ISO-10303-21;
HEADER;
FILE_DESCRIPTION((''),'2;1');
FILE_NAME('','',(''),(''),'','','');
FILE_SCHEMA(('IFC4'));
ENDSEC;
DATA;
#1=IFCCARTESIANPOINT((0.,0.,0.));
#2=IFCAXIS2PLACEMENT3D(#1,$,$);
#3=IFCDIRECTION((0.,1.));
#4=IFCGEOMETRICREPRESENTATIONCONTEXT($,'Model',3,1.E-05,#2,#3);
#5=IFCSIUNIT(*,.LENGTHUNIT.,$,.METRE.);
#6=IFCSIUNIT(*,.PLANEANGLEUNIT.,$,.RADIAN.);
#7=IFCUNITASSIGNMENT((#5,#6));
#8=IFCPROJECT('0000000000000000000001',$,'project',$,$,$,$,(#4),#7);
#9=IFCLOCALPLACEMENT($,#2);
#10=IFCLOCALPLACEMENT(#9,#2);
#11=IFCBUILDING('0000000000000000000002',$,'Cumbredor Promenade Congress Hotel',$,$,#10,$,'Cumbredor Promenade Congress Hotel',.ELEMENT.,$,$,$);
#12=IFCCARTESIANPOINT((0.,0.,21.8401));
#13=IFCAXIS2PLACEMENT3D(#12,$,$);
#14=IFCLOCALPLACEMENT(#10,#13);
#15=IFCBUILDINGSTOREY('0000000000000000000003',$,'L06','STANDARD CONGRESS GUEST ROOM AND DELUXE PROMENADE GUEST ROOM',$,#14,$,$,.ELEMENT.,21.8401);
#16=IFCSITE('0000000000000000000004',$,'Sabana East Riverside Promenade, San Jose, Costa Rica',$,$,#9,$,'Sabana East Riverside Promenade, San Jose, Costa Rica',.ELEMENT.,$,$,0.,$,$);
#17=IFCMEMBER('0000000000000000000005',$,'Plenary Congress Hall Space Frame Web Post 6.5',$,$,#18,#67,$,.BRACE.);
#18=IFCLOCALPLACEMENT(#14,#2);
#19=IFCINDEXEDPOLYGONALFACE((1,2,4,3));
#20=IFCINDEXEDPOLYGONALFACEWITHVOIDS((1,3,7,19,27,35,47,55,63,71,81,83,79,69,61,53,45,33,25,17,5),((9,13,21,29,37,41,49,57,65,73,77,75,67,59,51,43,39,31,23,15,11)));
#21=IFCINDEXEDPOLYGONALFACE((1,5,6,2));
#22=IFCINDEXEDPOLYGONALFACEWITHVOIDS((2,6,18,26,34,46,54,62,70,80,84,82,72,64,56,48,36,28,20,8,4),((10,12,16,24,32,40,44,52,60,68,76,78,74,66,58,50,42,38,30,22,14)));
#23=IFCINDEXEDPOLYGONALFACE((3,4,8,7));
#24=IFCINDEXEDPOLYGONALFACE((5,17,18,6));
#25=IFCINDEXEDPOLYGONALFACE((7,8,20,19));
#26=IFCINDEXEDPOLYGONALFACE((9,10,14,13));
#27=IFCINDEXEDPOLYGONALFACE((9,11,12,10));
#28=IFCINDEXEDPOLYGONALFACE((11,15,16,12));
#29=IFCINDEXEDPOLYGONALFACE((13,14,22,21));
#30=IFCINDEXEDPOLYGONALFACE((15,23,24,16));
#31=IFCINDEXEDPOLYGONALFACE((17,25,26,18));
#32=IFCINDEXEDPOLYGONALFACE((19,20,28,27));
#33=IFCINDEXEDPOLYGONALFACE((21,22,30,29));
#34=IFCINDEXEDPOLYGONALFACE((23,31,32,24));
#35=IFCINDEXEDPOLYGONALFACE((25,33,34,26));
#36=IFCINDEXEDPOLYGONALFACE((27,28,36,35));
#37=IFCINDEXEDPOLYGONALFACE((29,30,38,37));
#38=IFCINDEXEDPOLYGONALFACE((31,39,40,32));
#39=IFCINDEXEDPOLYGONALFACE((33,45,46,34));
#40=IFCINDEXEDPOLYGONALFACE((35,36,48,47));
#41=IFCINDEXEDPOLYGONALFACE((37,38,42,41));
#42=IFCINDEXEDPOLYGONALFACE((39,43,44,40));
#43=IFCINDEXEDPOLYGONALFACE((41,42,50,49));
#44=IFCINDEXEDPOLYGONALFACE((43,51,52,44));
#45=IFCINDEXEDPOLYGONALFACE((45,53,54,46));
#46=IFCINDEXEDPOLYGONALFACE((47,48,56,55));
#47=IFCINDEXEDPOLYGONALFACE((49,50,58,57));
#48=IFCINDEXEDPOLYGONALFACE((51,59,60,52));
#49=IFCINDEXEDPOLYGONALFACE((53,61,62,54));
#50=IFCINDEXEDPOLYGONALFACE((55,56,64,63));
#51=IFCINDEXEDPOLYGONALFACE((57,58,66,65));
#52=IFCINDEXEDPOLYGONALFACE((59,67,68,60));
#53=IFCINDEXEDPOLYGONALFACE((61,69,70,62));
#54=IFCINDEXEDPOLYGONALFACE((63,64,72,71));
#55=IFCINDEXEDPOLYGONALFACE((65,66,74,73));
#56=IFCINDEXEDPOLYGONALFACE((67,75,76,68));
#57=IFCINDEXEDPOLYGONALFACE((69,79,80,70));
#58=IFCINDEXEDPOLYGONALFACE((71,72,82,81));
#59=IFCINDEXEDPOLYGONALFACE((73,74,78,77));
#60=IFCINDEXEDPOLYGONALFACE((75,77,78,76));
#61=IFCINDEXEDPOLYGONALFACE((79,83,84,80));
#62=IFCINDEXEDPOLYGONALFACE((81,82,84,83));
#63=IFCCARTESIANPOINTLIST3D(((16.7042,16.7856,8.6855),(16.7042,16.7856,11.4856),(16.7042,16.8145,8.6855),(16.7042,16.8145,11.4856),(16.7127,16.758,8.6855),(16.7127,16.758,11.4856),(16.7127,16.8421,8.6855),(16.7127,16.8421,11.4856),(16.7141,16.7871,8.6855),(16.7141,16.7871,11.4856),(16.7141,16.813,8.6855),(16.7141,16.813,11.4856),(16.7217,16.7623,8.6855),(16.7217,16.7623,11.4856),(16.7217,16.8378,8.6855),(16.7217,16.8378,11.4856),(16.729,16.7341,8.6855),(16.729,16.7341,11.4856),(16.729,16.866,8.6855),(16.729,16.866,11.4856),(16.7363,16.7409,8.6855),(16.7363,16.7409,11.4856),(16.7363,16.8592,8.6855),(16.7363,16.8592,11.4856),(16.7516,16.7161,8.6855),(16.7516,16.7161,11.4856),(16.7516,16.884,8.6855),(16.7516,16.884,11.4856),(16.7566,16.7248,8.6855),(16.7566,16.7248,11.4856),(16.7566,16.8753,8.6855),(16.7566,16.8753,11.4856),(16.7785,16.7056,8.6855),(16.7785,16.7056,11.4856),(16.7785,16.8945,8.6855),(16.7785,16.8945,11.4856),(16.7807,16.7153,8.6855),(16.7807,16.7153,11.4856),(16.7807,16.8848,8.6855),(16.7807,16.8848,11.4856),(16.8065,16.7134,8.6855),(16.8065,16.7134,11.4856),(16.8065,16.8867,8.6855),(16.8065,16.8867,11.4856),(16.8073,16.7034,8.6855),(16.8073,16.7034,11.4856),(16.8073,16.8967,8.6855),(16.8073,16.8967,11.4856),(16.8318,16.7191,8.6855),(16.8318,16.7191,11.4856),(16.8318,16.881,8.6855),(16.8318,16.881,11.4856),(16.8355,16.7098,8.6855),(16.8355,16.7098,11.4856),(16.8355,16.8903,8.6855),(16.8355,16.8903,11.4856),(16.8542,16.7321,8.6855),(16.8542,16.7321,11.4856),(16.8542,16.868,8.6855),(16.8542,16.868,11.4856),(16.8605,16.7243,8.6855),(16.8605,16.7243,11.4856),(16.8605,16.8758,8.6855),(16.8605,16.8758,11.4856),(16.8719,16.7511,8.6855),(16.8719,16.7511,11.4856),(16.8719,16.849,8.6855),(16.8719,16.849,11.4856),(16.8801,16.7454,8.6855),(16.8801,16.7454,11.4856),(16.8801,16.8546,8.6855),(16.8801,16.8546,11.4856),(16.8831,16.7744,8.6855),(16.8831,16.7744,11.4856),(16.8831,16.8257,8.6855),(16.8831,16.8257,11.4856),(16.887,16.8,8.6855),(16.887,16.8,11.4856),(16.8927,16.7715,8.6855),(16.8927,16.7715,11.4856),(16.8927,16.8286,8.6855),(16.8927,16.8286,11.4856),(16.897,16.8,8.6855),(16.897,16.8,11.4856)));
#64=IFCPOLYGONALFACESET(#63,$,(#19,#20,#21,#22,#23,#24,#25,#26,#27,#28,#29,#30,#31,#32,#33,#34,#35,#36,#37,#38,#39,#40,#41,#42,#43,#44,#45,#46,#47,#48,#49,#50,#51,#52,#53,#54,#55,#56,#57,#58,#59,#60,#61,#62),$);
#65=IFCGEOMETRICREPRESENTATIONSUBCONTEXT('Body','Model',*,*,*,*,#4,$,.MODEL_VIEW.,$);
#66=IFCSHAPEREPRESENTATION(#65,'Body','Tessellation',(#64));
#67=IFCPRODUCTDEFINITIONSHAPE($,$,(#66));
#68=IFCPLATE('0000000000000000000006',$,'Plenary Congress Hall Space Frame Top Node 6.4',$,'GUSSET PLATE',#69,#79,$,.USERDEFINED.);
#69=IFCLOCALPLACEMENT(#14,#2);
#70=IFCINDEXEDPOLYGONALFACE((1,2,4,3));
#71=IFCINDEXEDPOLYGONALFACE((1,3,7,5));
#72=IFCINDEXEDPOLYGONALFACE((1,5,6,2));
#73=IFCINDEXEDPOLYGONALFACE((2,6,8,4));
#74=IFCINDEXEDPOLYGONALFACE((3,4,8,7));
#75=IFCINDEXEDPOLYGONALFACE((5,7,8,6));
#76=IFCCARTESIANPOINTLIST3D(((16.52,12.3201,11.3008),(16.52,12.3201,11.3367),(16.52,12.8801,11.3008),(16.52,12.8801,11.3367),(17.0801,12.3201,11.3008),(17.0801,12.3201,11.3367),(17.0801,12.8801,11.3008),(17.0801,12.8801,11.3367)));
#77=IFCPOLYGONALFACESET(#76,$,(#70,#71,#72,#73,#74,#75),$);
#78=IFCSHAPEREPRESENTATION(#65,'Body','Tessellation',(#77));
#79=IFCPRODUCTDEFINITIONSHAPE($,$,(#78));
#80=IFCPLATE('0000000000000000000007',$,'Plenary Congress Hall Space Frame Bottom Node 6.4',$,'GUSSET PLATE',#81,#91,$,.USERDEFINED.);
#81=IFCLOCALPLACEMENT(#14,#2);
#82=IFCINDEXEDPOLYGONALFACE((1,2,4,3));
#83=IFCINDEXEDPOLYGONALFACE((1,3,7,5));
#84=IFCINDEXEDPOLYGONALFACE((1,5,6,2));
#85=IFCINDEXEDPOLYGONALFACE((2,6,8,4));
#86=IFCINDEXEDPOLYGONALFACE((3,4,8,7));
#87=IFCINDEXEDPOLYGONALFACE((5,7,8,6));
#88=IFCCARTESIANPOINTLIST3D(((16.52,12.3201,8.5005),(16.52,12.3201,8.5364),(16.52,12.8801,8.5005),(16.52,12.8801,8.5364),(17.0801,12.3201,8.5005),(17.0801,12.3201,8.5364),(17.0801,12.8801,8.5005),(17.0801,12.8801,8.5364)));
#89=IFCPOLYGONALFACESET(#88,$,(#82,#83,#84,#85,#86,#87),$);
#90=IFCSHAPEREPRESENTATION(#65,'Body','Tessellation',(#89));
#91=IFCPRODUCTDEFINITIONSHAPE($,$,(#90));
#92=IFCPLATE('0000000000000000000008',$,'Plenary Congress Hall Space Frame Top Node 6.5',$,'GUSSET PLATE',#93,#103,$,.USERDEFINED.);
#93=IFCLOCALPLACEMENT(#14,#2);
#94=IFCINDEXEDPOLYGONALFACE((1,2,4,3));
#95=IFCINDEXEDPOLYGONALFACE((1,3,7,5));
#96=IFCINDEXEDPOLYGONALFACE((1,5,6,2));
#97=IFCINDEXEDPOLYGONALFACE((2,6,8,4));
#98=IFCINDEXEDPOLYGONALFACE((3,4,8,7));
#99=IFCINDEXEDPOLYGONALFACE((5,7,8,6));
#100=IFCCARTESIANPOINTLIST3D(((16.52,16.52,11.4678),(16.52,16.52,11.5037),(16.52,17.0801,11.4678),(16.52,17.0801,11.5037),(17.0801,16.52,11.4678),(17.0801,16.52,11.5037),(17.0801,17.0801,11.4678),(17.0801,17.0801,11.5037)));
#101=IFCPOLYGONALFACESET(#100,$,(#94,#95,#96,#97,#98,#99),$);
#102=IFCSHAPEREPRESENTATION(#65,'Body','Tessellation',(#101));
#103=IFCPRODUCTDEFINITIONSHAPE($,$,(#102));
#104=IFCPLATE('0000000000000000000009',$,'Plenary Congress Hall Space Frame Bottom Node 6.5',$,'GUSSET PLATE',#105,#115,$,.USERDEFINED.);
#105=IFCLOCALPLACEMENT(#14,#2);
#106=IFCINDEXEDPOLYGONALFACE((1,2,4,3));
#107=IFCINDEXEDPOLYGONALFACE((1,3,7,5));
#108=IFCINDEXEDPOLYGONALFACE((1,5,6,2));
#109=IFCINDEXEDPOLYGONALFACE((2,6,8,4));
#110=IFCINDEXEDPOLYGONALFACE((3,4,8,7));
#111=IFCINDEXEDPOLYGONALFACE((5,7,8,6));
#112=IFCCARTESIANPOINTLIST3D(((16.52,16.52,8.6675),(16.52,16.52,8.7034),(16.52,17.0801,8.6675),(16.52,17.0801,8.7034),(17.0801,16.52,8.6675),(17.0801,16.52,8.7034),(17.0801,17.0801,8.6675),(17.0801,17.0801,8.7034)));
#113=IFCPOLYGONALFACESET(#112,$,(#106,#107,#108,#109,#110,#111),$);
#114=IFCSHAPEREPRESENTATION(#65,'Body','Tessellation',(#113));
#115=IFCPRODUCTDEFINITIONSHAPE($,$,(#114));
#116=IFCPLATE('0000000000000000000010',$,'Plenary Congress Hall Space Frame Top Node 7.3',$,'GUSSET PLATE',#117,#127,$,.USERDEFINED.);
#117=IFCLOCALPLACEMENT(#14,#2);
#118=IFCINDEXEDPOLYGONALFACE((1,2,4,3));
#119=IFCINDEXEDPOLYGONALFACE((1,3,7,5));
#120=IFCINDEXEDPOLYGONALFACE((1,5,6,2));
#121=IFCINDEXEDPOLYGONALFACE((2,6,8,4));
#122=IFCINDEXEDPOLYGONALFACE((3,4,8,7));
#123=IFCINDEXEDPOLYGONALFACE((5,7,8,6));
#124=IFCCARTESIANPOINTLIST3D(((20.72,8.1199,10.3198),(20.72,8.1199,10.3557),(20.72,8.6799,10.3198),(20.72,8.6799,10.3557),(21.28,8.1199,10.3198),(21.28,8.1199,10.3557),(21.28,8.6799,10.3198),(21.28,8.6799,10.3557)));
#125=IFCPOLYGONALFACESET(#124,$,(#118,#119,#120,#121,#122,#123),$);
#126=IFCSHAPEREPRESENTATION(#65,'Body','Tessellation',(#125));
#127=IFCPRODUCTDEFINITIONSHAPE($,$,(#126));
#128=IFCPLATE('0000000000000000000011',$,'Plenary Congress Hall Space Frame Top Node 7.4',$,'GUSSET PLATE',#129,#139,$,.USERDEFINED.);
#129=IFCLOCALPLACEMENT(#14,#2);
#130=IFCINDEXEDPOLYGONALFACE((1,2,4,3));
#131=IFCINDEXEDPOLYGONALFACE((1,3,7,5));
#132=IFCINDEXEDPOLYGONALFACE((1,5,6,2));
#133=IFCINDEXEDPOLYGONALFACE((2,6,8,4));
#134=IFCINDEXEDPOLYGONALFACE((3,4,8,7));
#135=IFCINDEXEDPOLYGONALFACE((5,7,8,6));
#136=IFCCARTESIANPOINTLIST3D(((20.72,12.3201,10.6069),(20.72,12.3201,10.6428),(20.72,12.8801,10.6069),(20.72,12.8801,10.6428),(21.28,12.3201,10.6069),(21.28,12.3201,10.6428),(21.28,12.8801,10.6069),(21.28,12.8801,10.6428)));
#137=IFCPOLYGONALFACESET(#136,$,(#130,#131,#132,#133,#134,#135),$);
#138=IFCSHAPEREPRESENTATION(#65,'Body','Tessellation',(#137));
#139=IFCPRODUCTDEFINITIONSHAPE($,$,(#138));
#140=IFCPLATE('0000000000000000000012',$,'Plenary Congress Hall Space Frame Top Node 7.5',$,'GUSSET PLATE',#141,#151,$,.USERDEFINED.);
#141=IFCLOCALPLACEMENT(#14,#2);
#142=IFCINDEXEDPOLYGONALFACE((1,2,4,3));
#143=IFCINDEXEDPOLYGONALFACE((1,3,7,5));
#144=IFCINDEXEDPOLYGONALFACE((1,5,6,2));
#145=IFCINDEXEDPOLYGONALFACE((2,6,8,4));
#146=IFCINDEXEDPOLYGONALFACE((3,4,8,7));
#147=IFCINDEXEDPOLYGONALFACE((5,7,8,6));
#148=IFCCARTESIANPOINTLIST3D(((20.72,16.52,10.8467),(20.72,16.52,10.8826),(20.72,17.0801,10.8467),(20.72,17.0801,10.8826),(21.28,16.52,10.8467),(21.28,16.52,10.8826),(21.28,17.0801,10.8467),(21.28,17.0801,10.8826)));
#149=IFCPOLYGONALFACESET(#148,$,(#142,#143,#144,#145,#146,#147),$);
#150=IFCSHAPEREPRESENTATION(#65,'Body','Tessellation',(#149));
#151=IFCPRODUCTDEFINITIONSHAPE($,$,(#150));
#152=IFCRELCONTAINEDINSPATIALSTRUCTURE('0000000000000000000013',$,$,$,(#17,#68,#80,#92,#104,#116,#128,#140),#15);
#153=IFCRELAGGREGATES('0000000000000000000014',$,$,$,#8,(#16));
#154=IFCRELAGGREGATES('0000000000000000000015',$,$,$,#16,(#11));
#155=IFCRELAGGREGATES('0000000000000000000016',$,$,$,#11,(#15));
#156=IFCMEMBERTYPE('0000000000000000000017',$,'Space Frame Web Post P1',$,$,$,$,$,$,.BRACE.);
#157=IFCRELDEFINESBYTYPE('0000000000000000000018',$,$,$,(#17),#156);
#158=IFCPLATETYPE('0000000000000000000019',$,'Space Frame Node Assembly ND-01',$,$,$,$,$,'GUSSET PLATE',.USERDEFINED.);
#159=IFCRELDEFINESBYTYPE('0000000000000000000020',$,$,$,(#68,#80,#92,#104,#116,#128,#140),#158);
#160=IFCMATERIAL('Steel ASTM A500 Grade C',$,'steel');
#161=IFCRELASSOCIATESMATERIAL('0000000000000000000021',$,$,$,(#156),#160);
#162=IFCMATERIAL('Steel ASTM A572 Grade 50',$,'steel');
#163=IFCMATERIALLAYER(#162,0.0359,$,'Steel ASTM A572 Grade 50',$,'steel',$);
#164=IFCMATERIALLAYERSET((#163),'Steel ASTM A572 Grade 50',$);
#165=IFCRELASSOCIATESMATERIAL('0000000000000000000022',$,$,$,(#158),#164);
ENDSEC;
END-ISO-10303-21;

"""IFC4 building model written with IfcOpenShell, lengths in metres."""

from ifc_helpers import new_model, si_unit, direction, frame, origin, origin_2d, place, context, subcontext, project, spatial, rectangle, hollow_circle, extrude, material, layer, layer_set, material_profile, profile_set, type_object, element, save


model = new_model("IFC4")

# Units and contexts
model_context = context("Model", 3, precision=1e-05, world=origin(), true_north=direction((0.0, 1.0)))
body_context = subcontext(model_context, "Body", "Model", "MODEL_VIEW")
ifc_project = project(units=[si_unit("LENGTHUNIT", "METRE"), si_unit("PLANEANGLEUNIT", "RADIAN")], contexts=[model_context])

# Site, building, storey
site_placement = place(None, origin())
site = spatial("IfcSite", under=ifc_project, at=site_placement, Name="Sabana East Riverside Promenade, San Jose, Costa Rica", LongName="Sabana East Riverside Promenade, San Jose, Costa Rica", CompositionType="ELEMENT", RefElevation=0.0)
building_placement = place(site_placement, origin())
building = spatial("IfcBuilding", under=site, at=building_placement, Name="Cumbredor Promenade Congress Hotel", LongName="Cumbredor Promenade Congress Hotel", CompositionType="ELEMENT")
storey_placement = place(building_placement, frame((0.0, 0.0, 21.8401)))
storey = spatial("IfcBuildingStorey", under=building, at=storey_placement, Name="L06", Description="STANDARD CONGRESS GUEST ROOM AND DELUXE PROMENADE GUEST ROOM", CompositionType="ELEMENT", Elevation=21.8401)

# Member
ifc_material_1 = material(Name="Steel ASTM A500 Grade C", Category="steel")
ifc_material_profile_1 = material_profile(ifc_material_1, hollow_circle(Radius=0.0969, WallThickness=0.01, at=origin_2d()), Name="CHS 193.7x10")
ifc_profile_set_1 = profile_set([ifc_material_profile_1], Name="Steel ASTM A500 Grade C")
member_type_1 = type_object("IfcMemberType", Name="Space Frame Web Post P1", PredefinedType="BRACE", material=ifc_profile_set_1)
for number, where, z_axis, x_axis, name in (
    (1, (16.8, 16.8, 8.6855), (0.0, 0.0, 1.0), (1.0, 0.0, 0.0), "Plenary Congress Hall Space Frame Web Post 6.5"),
):
    element("IfcMember", number, at=place(storey_placement, frame(where, z_axis=z_axis, x_axis=x_axis)), inside=storey, type_object=member_type_1, Name=name, PredefinedType="BRACE", context=body_context, shape_type="SweptSolid", body=[
        extrude(hollow_circle(Radius=0.0969, WallThickness=0.01, at=origin_2d()), origin(), (0.0, 0.0, 1.0), 2.8),
    ])

# Plates
ifc_material_2 = material(Name="Steel ASTM A572 Grade 50", Category="steel")
ifc_layer = layer(ifc_material_2, 0.0359, Name="Steel ASTM A572 Grade 50", Category="steel")
ifc_layer_set = layer_set([ifc_layer], Name="Steel ASTM A572 Grade 50")
plate_type = type_object("IfcPlateType", Name="Space Frame Node Assembly ND-01", ElementType="GUSSET PLATE", PredefinedType="USERDEFINED", material=ifc_layer_set)
for number, where, z_axis, x_axis, name in (
    (2, (16.8, 12.6001, 11.3008), (0.0, 0.0, 1.0), (1.0, 0.0, 0.0), "Plenary Congress Hall Space Frame Top Node 6.4"),
    (3, (16.8, 12.6001, 8.5005), (0.0, 0.0, 1.0), (1.0, 0.0, 0.0), "Plenary Congress Hall Space Frame Bottom Node 6.4"),
    (4, (16.8, 16.8, 11.4678), (0.0, 0.0, 1.0), (1.0, 0.0, 0.0), "Plenary Congress Hall Space Frame Top Node 6.5"),
    (5, (16.8, 16.8, 8.6675), (0.0, 0.0, 1.0), (1.0, 0.0, 0.0), "Plenary Congress Hall Space Frame Bottom Node 6.5"),
    (6, (21.0, 8.3999, 10.3198), (0.0, 0.0, 1.0), (1.0, 0.0, 0.0), "Plenary Congress Hall Space Frame Top Node 7.3"),
    (7, (21.0, 12.6001, 10.6069), (0.0, 0.0, 1.0), (1.0, 0.0, 0.0), "Plenary Congress Hall Space Frame Top Node 7.4"),
    (8, (21.0, 16.8, 10.8467), (0.0, 0.0, 1.0), (1.0, 0.0, 0.0), "Plenary Congress Hall Space Frame Top Node 7.5"),
):
    element("IfcPlate", number, at=place(storey_placement, frame(where, z_axis=z_axis, x_axis=x_axis)), inside=storey, type_object=plate_type, Name=name, ObjectType="GUSSET PLATE", PredefinedType="USERDEFINED", context=body_context, shape_type="SweptSolid", body=[
        extrude(rectangle(XDim=0.5601, YDim=0.5601, at=origin_2d()), origin(), (0.0, 0.0, 1.0), 0.0359),
    ])

save(model, "model.ifc")
